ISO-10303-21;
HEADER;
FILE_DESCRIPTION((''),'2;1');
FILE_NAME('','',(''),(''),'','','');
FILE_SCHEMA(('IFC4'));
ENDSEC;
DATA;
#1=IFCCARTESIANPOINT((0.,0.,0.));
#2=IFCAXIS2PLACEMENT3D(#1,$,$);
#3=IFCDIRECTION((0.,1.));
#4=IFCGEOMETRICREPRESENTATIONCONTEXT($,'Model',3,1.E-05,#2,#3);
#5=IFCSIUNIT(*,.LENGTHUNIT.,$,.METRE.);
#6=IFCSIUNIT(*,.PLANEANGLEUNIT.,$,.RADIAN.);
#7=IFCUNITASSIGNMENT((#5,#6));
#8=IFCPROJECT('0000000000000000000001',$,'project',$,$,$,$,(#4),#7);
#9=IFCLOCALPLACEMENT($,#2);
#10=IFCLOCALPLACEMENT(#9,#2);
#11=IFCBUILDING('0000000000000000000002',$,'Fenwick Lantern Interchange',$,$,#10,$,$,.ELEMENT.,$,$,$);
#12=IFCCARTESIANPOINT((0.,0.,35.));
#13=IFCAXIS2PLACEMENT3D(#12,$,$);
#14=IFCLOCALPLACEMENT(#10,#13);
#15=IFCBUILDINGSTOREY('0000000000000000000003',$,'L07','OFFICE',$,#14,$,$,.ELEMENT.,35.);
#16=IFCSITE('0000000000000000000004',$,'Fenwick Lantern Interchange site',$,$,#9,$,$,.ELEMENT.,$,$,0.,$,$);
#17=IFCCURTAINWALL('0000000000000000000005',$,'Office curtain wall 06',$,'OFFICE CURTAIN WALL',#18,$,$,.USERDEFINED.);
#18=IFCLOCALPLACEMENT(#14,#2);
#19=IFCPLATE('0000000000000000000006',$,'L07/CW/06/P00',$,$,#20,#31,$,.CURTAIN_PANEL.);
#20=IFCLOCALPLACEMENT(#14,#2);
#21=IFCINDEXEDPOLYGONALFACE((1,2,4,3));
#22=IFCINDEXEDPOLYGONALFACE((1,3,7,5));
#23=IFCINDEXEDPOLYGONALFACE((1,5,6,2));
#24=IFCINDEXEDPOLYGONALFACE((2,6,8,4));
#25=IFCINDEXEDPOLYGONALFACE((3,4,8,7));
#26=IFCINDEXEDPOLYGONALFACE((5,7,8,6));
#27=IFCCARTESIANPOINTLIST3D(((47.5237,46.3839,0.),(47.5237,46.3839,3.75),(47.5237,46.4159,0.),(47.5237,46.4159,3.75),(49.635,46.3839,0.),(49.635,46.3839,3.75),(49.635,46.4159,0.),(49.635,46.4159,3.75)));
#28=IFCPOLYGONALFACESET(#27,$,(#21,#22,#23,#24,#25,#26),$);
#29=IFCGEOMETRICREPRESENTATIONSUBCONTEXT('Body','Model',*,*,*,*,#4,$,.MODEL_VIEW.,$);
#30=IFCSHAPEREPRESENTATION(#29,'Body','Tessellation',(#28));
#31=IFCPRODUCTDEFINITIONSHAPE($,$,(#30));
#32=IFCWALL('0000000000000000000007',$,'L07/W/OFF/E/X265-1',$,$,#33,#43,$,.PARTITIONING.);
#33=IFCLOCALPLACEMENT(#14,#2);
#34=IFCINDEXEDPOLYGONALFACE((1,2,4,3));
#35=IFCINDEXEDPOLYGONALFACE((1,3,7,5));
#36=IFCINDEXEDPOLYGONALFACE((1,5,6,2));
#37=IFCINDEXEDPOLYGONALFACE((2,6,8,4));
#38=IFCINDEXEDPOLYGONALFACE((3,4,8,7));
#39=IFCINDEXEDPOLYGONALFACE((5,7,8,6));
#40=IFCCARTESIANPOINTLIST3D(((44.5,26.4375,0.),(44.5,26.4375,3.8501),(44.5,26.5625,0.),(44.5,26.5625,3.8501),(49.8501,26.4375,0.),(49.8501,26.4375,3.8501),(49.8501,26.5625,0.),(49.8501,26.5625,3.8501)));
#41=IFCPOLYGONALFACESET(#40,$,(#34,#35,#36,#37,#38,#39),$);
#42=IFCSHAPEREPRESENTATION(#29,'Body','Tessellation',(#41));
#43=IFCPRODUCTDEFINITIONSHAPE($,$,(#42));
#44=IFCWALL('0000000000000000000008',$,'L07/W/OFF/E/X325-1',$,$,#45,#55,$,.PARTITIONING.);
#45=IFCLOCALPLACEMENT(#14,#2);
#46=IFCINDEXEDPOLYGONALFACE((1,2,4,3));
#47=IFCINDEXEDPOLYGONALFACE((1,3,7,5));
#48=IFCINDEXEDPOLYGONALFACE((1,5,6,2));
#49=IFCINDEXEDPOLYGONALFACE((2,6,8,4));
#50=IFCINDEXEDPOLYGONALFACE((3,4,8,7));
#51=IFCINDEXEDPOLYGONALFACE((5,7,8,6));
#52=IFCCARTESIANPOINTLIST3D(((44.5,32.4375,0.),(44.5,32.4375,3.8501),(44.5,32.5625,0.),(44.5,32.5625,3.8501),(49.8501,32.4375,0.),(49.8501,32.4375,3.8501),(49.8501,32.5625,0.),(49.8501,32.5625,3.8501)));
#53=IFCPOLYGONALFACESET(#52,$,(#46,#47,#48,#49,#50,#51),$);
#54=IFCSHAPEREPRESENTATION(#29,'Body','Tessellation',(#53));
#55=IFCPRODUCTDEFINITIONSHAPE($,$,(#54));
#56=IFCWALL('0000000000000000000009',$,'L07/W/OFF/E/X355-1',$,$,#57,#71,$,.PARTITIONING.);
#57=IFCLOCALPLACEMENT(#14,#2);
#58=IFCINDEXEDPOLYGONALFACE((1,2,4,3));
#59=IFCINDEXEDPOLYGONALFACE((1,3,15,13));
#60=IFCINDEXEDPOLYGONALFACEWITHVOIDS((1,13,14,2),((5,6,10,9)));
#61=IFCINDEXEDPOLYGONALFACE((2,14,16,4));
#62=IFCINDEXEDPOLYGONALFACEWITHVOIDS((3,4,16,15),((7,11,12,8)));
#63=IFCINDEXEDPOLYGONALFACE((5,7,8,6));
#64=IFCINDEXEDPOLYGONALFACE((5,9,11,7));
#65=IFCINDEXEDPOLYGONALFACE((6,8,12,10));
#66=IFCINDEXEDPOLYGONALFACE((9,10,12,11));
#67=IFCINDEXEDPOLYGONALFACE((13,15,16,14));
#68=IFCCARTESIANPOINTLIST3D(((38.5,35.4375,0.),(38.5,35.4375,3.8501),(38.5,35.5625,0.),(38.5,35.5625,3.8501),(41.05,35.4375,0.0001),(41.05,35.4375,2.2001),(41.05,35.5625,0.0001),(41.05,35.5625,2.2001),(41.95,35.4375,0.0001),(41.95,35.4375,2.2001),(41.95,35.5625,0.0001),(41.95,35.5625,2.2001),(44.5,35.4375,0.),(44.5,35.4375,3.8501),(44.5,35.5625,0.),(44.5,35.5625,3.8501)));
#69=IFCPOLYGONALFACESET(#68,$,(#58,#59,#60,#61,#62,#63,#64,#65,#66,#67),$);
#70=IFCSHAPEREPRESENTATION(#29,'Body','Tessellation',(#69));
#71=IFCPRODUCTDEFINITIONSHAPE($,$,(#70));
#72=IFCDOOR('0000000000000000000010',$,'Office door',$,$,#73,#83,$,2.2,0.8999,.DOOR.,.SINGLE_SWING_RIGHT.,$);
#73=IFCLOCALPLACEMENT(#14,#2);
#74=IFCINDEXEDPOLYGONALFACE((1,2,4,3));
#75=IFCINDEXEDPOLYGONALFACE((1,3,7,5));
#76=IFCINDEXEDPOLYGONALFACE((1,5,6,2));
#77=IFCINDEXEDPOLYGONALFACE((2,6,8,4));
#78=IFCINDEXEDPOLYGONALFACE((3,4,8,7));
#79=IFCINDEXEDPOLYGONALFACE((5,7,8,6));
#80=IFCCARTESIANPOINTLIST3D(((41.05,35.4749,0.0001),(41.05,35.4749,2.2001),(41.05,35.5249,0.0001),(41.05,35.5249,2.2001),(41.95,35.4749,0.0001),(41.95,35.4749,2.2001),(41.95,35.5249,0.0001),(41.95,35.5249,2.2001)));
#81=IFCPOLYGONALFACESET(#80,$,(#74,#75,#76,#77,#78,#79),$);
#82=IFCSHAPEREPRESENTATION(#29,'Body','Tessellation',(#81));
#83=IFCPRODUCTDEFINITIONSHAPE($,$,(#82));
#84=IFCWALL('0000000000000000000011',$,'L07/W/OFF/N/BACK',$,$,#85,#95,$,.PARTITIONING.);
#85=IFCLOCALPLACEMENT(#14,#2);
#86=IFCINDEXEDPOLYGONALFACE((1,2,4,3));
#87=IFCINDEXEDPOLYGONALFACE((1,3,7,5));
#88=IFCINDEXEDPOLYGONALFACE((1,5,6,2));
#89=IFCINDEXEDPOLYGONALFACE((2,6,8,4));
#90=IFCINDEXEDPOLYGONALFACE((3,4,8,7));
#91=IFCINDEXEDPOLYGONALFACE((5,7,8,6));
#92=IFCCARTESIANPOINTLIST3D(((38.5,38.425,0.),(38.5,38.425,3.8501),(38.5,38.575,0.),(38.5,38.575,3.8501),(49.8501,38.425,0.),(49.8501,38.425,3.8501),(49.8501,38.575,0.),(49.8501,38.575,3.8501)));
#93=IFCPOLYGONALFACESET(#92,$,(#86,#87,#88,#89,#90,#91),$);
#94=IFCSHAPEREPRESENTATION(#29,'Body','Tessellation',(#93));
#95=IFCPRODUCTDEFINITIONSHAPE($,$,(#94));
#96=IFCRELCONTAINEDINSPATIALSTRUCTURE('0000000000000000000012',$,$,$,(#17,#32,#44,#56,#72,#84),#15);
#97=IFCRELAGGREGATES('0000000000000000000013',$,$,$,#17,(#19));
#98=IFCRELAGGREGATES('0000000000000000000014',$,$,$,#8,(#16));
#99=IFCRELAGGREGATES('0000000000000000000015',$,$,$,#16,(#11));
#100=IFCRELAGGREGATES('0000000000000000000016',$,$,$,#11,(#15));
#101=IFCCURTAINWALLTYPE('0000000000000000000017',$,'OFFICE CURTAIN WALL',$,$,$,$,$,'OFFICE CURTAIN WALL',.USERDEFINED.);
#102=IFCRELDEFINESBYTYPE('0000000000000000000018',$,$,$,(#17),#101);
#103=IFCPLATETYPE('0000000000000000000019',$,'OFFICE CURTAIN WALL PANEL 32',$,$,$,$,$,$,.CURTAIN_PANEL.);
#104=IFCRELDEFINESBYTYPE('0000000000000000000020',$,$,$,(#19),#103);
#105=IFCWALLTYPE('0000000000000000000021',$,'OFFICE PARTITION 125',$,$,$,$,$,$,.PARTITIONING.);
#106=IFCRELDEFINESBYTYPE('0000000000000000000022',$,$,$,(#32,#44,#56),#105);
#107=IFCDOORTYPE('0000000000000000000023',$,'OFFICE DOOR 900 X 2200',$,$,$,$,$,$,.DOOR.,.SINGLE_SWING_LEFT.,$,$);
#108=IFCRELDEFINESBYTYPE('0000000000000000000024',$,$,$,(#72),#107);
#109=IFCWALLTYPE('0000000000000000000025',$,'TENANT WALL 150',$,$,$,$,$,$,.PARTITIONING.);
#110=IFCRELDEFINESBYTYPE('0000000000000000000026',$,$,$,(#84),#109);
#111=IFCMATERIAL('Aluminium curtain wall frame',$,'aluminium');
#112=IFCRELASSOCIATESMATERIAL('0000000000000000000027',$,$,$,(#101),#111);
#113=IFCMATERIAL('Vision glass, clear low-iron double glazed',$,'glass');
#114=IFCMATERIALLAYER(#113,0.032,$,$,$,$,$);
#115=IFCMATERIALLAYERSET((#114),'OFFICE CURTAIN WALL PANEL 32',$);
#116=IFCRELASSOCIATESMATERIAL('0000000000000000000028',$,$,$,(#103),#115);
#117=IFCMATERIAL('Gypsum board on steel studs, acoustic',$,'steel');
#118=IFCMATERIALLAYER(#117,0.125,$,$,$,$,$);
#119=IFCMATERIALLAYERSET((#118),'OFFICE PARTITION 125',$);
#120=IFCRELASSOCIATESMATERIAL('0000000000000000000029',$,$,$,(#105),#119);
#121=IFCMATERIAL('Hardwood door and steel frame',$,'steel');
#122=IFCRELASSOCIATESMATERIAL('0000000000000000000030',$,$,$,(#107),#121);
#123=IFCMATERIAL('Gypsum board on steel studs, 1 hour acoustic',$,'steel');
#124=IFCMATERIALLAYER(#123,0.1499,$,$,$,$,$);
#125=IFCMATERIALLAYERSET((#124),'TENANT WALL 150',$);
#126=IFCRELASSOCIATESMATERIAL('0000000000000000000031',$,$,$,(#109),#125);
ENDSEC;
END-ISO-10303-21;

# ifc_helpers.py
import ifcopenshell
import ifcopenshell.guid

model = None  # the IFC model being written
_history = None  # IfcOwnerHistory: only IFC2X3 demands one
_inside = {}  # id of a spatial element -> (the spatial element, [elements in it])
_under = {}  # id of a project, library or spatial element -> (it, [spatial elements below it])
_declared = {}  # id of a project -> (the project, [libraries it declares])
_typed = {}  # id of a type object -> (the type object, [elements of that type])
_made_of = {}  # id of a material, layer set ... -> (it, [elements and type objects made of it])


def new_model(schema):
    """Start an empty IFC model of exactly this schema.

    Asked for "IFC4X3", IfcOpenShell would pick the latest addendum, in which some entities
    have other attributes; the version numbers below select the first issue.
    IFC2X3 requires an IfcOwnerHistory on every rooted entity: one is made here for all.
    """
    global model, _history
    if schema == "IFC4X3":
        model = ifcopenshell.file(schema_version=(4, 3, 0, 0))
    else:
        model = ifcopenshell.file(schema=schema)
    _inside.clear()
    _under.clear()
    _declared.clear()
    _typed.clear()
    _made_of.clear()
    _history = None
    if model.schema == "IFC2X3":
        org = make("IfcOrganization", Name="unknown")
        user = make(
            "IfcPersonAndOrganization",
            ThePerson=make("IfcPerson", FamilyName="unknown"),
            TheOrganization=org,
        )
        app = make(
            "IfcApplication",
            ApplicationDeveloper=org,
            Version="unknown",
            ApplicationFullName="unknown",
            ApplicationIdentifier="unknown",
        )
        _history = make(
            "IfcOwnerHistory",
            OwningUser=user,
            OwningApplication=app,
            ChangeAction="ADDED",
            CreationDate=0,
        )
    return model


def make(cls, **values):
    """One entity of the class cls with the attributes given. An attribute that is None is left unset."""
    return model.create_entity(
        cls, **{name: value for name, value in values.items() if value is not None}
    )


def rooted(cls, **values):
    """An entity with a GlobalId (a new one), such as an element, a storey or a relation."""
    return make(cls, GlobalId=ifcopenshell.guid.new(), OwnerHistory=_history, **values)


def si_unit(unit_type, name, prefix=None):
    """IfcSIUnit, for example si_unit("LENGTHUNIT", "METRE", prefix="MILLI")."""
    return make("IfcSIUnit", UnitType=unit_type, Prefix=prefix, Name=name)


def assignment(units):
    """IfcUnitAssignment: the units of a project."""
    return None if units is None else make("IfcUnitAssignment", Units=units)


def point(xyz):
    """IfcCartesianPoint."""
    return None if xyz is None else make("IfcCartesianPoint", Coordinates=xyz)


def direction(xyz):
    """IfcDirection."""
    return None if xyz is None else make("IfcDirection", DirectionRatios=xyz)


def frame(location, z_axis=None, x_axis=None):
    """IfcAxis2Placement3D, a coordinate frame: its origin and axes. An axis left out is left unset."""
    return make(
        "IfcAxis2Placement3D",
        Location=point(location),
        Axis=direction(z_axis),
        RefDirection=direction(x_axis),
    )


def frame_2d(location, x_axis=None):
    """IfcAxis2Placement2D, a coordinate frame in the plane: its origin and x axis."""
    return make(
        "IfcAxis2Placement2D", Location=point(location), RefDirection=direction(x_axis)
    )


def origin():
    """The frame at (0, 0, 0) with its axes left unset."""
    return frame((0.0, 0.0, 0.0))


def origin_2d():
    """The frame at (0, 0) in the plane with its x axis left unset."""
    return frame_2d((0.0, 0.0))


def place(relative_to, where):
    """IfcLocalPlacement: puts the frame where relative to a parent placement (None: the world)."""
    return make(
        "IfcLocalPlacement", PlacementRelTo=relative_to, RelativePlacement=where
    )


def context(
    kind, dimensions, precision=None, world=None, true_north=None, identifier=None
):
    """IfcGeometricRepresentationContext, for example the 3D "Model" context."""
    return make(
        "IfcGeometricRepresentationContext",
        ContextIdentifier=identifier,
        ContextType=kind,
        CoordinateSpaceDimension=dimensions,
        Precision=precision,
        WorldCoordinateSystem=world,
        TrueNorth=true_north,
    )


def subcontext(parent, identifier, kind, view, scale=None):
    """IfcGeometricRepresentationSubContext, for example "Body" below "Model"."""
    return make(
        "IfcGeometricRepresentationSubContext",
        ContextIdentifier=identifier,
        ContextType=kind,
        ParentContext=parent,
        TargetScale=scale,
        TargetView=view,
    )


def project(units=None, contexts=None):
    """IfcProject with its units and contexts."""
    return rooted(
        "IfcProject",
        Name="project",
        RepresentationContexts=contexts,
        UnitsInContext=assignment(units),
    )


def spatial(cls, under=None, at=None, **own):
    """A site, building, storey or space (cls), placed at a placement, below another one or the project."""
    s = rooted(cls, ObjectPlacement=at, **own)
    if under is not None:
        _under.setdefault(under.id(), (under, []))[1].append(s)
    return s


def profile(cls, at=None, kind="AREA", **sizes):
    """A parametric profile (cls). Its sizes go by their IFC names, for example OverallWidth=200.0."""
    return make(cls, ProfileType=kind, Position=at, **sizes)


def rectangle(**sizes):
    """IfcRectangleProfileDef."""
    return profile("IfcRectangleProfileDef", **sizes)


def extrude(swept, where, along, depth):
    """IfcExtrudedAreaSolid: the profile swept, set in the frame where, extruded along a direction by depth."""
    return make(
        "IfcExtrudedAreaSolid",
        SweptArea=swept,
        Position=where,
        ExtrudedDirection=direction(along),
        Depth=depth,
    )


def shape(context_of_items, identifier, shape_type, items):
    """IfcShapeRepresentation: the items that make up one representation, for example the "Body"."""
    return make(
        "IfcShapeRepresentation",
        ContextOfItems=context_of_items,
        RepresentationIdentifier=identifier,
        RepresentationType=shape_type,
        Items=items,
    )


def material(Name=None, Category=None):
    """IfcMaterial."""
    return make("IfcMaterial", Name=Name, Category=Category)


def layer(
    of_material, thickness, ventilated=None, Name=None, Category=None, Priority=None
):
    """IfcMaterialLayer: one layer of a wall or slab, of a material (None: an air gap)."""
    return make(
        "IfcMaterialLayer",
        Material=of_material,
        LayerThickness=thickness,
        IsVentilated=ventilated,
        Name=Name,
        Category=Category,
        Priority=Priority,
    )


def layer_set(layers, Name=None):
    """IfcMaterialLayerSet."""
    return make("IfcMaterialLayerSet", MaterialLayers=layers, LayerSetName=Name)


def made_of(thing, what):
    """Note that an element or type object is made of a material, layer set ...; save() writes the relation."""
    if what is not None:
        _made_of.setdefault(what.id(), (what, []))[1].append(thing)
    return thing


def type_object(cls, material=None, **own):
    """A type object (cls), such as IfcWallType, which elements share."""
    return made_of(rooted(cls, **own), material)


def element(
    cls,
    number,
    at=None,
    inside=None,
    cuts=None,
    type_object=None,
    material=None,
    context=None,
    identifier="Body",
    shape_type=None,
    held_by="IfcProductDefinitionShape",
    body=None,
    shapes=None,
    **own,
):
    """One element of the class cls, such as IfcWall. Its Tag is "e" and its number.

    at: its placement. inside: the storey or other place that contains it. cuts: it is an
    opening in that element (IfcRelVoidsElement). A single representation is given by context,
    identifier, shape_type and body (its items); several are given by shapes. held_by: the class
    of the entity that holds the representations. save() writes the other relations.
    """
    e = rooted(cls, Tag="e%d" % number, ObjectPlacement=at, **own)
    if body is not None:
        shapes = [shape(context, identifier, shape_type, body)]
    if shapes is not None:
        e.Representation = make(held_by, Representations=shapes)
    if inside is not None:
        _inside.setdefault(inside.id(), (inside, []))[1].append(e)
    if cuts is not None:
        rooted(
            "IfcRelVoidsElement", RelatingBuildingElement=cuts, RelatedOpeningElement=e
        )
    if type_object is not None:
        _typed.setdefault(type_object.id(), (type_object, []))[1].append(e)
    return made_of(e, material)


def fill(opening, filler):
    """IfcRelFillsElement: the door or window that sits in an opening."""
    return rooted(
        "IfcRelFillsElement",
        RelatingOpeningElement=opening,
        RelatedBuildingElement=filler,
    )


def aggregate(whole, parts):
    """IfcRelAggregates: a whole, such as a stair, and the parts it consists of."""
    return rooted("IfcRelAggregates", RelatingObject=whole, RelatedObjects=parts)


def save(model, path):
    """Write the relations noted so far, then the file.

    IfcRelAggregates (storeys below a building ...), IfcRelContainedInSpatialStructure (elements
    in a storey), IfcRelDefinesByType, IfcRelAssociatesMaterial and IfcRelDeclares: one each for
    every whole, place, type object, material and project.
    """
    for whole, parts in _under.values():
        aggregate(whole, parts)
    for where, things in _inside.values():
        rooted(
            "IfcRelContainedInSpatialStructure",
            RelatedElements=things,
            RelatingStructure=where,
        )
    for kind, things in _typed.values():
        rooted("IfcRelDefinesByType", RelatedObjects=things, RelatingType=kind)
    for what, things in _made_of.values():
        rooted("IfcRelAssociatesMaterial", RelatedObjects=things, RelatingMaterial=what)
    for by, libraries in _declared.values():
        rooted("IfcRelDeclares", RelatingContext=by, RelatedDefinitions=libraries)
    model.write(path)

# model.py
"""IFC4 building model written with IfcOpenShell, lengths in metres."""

from ifc_helpers import new_model, si_unit, direction, frame, frame_2d, origin, origin_2d, place, context, subcontext, project, spatial, rectangle, extrude, material, layer, layer_set, type_object, element, fill, aggregate, save


model = new_model("IFC4")

# Units and contexts
model_context = context("Model", 3, precision=1e-05, world=origin(), true_north=direction((0.0, 1.0)))
body_context = subcontext(model_context, "Body", "Model", "MODEL_VIEW")
ifc_project = project(units=[si_unit("LENGTHUNIT", "METRE"), si_unit("PLANEANGLEUNIT", "RADIAN")], contexts=[model_context])

# Site, building, storey
site_placement = place(None, origin())
site = spatial("IfcSite", under=ifc_project, at=site_placement, Name="Fenwick Lantern Interchange site", CompositionType="ELEMENT", RefElevation=0.0)
building_placement = place(site_placement, origin())
building = spatial("IfcBuilding", under=site, at=building_placement, Name="Fenwick Lantern Interchange", CompositionType="ELEMENT")
storey_placement = place(building_placement, frame((0.0, 0.0, 35.0)))
storey = spatial("IfcBuildingStorey", under=building, at=storey_placement, Name="L07", Description="OFFICE", CompositionType="ELEMENT", Elevation=35.0)

# Curtain wall
ifc_material_1 = material(Name="Aluminium curtain wall frame", Category="aluminium")
curtain_wall_type = type_object("IfcCurtainWallType", Name="OFFICE CURTAIN WALL", ElementType="OFFICE CURTAIN WALL", PredefinedType="USERDEFINED", material=ifc_material_1)
curtain_wall_1_placement = place(storey_placement, origin())
curtain_wall_1 = element("IfcCurtainWall", 1, at=curtain_wall_1_placement, inside=storey, type_object=curtain_wall_type, Name="Office curtain wall 06", ObjectType="OFFICE CURTAIN WALL", PredefinedType="USERDEFINED")

# Plate
ifc_material_2 = material(Name="Vision glass, clear low-iron double glazed", Category="glass")
ifc_layer_1 = layer(ifc_material_2, 0.032)
ifc_layer_set_1 = layer_set([ifc_layer_1], Name="OFFICE CURTAIN WALL PANEL 32")
plate_type = type_object("IfcPlateType", Name="OFFICE CURTAIN WALL PANEL 32", PredefinedType="CURTAIN_PANEL", material=ifc_layer_set_1)
plate_placement = place(storey_placement, frame((48.5793, 46.3999, 0.0), z_axis=(0.0, 0.0, 1.0), x_axis=(-1.0, 0.0, 0.0)))
plate = element("IfcPlate", 2, at=plate_placement, type_object=plate_type, Name="L07/CW/06/P00", PredefinedType="CURTAIN_PANEL", context=body_context, shape_type="SweptSolid", body=[
    extrude(rectangle(XDim=2.1113, YDim=0.032, at=origin_2d()), origin(), (0.0, 0.0, 1.0), 3.75),
])
aggregate(curtain_wall_1, [plate])

# Walls
ifc_material_3 = material(Name="Gypsum board on steel studs, acoustic", Category="steel")
ifc_layer_2 = layer(ifc_material_3, 0.125)
ifc_layer_set_2 = layer_set([ifc_layer_2], Name="OFFICE PARTITION 125")
wall_type_1 = type_object("IfcWallType", Name="OFFICE PARTITION 125", PredefinedType="PARTITIONING", material=ifc_layer_set_2)
for number, where, z_axis, x_axis, name in (
    (3, (49.8501, 26.5, 0.0), (0.0, 0.0, 1.0), (-1.0, 0.0, 0.0), "L07/W/OFF/E/X265-1"),
    (4, (49.8501, 32.5, 0.0), (0.0, 0.0, 1.0), (-1.0, 0.0, 0.0), "L07/W/OFF/E/X325-1"),
):
    element("IfcWall", number, at=place(storey_placement, frame(where, z_axis=z_axis, x_axis=x_axis)), inside=storey, type_object=wall_type_1, Name=name, PredefinedType="PARTITIONING", context=body_context, shape_type="SweptSolid", body=[
        extrude(rectangle(XDim=5.3501, YDim=0.125, at=frame_2d((2.675, 0.0))), origin(), (0.0, 0.0, 1.0), 3.8501),
    ])

# Wall, opening, door
wall_1_placement = place(storey_placement, frame((44.5, 35.5, 0.0), z_axis=(0.0, 0.0, 1.0), x_axis=(-1.0, 0.0, 0.0)))
wall_1 = element("IfcWall", 5, at=wall_1_placement, inside=storey, type_object=wall_type_1, Name="L07/W/OFF/E/X355-1", PredefinedType="PARTITIONING", context=body_context, shape_type="SweptSolid", body=[
    extrude(rectangle(XDim=6.0, YDim=0.125, at=frame_2d((3.0, 0.0))), origin(), (0.0, 0.0, 1.0), 3.8501),
])
opening_placement = place(wall_1_placement, frame((2.55, 0.0, 0.0)))
opening = element("IfcOpeningElement", 6, at=opening_placement, cuts=wall_1, PredefinedType="OPENING", context=body_context, shape_type="SweptSolid", body=[
    extrude(rectangle(XDim=0.8999, YDim=2.2, at=frame_2d((0.45, 1.1001))), frame((0.0, 0.0725, 0.0), z_axis=(0.0, -1.0, 0.0), x_axis=(1.0, 0.0, 0.0)), (0.0, 0.0, 1.0), 0.145),
])
ifc_material_4 = material(Name="Hardwood door and steel frame", Category="steel")
door_type = type_object("IfcDoorType", Name="OFFICE DOOR 900 X 2200", OperationType="SINGLE_SWING_LEFT", PredefinedType="DOOR", material=ifc_material_4)
door_placement = place(opening_placement, frame((0.8999, 0.0, 0.0), z_axis=(0.0, 0.0, 1.0), x_axis=(-1.0, 0.0, 0.0)))
door = element("IfcDoor", 7, at=door_placement, inside=storey, type_object=door_type, Name="Office door", OperationType="SINGLE_SWING_RIGHT", OverallHeight=2.2, OverallWidth=0.8999, PredefinedType="DOOR", context=body_context, shape_type="SweptSolid", body=[
    extrude(rectangle(XDim=0.8999, YDim=2.2, at=frame_2d((0.45, 1.1001))), frame((0.0, 0.0249, 0.0), z_axis=(0.0, -1.0, 0.0), x_axis=(1.0, 0.0, 0.0)), (0.0, 0.0, 1.0), 0.05),
])
fill(opening, door)

# Wall
ifc_material_5 = material(Name="Gypsum board on steel studs, 1 hour acoustic", Category="steel")
ifc_layer_3 = layer(ifc_material_5, 0.1499)
ifc_layer_set_3 = layer_set([ifc_layer_3], Name="TENANT WALL 150")
wall_type_2 = type_object("IfcWallType", Name="TENANT WALL 150", PredefinedType="PARTITIONING", material=ifc_layer_set_3)
wall_2_placement = place(storey_placement, frame((49.8501, 38.5, 0.0), z_axis=(0.0, 0.0, 1.0), x_axis=(-1.0, 0.0, 0.0)))
element("IfcWall", 8, at=wall_2_placement, inside=storey, type_object=wall_type_2, Name="L07/W/OFF/N/BACK", PredefinedType="PARTITIONING", context=body_context, shape_type="SweptSolid", body=[
    extrude(rectangle(XDim=11.3501, YDim=0.1499, at=frame_2d((5.675, 0.0))), origin(), (0.0, 0.0, 1.0), 3.8501),
])

save(model, "model.ifc")
